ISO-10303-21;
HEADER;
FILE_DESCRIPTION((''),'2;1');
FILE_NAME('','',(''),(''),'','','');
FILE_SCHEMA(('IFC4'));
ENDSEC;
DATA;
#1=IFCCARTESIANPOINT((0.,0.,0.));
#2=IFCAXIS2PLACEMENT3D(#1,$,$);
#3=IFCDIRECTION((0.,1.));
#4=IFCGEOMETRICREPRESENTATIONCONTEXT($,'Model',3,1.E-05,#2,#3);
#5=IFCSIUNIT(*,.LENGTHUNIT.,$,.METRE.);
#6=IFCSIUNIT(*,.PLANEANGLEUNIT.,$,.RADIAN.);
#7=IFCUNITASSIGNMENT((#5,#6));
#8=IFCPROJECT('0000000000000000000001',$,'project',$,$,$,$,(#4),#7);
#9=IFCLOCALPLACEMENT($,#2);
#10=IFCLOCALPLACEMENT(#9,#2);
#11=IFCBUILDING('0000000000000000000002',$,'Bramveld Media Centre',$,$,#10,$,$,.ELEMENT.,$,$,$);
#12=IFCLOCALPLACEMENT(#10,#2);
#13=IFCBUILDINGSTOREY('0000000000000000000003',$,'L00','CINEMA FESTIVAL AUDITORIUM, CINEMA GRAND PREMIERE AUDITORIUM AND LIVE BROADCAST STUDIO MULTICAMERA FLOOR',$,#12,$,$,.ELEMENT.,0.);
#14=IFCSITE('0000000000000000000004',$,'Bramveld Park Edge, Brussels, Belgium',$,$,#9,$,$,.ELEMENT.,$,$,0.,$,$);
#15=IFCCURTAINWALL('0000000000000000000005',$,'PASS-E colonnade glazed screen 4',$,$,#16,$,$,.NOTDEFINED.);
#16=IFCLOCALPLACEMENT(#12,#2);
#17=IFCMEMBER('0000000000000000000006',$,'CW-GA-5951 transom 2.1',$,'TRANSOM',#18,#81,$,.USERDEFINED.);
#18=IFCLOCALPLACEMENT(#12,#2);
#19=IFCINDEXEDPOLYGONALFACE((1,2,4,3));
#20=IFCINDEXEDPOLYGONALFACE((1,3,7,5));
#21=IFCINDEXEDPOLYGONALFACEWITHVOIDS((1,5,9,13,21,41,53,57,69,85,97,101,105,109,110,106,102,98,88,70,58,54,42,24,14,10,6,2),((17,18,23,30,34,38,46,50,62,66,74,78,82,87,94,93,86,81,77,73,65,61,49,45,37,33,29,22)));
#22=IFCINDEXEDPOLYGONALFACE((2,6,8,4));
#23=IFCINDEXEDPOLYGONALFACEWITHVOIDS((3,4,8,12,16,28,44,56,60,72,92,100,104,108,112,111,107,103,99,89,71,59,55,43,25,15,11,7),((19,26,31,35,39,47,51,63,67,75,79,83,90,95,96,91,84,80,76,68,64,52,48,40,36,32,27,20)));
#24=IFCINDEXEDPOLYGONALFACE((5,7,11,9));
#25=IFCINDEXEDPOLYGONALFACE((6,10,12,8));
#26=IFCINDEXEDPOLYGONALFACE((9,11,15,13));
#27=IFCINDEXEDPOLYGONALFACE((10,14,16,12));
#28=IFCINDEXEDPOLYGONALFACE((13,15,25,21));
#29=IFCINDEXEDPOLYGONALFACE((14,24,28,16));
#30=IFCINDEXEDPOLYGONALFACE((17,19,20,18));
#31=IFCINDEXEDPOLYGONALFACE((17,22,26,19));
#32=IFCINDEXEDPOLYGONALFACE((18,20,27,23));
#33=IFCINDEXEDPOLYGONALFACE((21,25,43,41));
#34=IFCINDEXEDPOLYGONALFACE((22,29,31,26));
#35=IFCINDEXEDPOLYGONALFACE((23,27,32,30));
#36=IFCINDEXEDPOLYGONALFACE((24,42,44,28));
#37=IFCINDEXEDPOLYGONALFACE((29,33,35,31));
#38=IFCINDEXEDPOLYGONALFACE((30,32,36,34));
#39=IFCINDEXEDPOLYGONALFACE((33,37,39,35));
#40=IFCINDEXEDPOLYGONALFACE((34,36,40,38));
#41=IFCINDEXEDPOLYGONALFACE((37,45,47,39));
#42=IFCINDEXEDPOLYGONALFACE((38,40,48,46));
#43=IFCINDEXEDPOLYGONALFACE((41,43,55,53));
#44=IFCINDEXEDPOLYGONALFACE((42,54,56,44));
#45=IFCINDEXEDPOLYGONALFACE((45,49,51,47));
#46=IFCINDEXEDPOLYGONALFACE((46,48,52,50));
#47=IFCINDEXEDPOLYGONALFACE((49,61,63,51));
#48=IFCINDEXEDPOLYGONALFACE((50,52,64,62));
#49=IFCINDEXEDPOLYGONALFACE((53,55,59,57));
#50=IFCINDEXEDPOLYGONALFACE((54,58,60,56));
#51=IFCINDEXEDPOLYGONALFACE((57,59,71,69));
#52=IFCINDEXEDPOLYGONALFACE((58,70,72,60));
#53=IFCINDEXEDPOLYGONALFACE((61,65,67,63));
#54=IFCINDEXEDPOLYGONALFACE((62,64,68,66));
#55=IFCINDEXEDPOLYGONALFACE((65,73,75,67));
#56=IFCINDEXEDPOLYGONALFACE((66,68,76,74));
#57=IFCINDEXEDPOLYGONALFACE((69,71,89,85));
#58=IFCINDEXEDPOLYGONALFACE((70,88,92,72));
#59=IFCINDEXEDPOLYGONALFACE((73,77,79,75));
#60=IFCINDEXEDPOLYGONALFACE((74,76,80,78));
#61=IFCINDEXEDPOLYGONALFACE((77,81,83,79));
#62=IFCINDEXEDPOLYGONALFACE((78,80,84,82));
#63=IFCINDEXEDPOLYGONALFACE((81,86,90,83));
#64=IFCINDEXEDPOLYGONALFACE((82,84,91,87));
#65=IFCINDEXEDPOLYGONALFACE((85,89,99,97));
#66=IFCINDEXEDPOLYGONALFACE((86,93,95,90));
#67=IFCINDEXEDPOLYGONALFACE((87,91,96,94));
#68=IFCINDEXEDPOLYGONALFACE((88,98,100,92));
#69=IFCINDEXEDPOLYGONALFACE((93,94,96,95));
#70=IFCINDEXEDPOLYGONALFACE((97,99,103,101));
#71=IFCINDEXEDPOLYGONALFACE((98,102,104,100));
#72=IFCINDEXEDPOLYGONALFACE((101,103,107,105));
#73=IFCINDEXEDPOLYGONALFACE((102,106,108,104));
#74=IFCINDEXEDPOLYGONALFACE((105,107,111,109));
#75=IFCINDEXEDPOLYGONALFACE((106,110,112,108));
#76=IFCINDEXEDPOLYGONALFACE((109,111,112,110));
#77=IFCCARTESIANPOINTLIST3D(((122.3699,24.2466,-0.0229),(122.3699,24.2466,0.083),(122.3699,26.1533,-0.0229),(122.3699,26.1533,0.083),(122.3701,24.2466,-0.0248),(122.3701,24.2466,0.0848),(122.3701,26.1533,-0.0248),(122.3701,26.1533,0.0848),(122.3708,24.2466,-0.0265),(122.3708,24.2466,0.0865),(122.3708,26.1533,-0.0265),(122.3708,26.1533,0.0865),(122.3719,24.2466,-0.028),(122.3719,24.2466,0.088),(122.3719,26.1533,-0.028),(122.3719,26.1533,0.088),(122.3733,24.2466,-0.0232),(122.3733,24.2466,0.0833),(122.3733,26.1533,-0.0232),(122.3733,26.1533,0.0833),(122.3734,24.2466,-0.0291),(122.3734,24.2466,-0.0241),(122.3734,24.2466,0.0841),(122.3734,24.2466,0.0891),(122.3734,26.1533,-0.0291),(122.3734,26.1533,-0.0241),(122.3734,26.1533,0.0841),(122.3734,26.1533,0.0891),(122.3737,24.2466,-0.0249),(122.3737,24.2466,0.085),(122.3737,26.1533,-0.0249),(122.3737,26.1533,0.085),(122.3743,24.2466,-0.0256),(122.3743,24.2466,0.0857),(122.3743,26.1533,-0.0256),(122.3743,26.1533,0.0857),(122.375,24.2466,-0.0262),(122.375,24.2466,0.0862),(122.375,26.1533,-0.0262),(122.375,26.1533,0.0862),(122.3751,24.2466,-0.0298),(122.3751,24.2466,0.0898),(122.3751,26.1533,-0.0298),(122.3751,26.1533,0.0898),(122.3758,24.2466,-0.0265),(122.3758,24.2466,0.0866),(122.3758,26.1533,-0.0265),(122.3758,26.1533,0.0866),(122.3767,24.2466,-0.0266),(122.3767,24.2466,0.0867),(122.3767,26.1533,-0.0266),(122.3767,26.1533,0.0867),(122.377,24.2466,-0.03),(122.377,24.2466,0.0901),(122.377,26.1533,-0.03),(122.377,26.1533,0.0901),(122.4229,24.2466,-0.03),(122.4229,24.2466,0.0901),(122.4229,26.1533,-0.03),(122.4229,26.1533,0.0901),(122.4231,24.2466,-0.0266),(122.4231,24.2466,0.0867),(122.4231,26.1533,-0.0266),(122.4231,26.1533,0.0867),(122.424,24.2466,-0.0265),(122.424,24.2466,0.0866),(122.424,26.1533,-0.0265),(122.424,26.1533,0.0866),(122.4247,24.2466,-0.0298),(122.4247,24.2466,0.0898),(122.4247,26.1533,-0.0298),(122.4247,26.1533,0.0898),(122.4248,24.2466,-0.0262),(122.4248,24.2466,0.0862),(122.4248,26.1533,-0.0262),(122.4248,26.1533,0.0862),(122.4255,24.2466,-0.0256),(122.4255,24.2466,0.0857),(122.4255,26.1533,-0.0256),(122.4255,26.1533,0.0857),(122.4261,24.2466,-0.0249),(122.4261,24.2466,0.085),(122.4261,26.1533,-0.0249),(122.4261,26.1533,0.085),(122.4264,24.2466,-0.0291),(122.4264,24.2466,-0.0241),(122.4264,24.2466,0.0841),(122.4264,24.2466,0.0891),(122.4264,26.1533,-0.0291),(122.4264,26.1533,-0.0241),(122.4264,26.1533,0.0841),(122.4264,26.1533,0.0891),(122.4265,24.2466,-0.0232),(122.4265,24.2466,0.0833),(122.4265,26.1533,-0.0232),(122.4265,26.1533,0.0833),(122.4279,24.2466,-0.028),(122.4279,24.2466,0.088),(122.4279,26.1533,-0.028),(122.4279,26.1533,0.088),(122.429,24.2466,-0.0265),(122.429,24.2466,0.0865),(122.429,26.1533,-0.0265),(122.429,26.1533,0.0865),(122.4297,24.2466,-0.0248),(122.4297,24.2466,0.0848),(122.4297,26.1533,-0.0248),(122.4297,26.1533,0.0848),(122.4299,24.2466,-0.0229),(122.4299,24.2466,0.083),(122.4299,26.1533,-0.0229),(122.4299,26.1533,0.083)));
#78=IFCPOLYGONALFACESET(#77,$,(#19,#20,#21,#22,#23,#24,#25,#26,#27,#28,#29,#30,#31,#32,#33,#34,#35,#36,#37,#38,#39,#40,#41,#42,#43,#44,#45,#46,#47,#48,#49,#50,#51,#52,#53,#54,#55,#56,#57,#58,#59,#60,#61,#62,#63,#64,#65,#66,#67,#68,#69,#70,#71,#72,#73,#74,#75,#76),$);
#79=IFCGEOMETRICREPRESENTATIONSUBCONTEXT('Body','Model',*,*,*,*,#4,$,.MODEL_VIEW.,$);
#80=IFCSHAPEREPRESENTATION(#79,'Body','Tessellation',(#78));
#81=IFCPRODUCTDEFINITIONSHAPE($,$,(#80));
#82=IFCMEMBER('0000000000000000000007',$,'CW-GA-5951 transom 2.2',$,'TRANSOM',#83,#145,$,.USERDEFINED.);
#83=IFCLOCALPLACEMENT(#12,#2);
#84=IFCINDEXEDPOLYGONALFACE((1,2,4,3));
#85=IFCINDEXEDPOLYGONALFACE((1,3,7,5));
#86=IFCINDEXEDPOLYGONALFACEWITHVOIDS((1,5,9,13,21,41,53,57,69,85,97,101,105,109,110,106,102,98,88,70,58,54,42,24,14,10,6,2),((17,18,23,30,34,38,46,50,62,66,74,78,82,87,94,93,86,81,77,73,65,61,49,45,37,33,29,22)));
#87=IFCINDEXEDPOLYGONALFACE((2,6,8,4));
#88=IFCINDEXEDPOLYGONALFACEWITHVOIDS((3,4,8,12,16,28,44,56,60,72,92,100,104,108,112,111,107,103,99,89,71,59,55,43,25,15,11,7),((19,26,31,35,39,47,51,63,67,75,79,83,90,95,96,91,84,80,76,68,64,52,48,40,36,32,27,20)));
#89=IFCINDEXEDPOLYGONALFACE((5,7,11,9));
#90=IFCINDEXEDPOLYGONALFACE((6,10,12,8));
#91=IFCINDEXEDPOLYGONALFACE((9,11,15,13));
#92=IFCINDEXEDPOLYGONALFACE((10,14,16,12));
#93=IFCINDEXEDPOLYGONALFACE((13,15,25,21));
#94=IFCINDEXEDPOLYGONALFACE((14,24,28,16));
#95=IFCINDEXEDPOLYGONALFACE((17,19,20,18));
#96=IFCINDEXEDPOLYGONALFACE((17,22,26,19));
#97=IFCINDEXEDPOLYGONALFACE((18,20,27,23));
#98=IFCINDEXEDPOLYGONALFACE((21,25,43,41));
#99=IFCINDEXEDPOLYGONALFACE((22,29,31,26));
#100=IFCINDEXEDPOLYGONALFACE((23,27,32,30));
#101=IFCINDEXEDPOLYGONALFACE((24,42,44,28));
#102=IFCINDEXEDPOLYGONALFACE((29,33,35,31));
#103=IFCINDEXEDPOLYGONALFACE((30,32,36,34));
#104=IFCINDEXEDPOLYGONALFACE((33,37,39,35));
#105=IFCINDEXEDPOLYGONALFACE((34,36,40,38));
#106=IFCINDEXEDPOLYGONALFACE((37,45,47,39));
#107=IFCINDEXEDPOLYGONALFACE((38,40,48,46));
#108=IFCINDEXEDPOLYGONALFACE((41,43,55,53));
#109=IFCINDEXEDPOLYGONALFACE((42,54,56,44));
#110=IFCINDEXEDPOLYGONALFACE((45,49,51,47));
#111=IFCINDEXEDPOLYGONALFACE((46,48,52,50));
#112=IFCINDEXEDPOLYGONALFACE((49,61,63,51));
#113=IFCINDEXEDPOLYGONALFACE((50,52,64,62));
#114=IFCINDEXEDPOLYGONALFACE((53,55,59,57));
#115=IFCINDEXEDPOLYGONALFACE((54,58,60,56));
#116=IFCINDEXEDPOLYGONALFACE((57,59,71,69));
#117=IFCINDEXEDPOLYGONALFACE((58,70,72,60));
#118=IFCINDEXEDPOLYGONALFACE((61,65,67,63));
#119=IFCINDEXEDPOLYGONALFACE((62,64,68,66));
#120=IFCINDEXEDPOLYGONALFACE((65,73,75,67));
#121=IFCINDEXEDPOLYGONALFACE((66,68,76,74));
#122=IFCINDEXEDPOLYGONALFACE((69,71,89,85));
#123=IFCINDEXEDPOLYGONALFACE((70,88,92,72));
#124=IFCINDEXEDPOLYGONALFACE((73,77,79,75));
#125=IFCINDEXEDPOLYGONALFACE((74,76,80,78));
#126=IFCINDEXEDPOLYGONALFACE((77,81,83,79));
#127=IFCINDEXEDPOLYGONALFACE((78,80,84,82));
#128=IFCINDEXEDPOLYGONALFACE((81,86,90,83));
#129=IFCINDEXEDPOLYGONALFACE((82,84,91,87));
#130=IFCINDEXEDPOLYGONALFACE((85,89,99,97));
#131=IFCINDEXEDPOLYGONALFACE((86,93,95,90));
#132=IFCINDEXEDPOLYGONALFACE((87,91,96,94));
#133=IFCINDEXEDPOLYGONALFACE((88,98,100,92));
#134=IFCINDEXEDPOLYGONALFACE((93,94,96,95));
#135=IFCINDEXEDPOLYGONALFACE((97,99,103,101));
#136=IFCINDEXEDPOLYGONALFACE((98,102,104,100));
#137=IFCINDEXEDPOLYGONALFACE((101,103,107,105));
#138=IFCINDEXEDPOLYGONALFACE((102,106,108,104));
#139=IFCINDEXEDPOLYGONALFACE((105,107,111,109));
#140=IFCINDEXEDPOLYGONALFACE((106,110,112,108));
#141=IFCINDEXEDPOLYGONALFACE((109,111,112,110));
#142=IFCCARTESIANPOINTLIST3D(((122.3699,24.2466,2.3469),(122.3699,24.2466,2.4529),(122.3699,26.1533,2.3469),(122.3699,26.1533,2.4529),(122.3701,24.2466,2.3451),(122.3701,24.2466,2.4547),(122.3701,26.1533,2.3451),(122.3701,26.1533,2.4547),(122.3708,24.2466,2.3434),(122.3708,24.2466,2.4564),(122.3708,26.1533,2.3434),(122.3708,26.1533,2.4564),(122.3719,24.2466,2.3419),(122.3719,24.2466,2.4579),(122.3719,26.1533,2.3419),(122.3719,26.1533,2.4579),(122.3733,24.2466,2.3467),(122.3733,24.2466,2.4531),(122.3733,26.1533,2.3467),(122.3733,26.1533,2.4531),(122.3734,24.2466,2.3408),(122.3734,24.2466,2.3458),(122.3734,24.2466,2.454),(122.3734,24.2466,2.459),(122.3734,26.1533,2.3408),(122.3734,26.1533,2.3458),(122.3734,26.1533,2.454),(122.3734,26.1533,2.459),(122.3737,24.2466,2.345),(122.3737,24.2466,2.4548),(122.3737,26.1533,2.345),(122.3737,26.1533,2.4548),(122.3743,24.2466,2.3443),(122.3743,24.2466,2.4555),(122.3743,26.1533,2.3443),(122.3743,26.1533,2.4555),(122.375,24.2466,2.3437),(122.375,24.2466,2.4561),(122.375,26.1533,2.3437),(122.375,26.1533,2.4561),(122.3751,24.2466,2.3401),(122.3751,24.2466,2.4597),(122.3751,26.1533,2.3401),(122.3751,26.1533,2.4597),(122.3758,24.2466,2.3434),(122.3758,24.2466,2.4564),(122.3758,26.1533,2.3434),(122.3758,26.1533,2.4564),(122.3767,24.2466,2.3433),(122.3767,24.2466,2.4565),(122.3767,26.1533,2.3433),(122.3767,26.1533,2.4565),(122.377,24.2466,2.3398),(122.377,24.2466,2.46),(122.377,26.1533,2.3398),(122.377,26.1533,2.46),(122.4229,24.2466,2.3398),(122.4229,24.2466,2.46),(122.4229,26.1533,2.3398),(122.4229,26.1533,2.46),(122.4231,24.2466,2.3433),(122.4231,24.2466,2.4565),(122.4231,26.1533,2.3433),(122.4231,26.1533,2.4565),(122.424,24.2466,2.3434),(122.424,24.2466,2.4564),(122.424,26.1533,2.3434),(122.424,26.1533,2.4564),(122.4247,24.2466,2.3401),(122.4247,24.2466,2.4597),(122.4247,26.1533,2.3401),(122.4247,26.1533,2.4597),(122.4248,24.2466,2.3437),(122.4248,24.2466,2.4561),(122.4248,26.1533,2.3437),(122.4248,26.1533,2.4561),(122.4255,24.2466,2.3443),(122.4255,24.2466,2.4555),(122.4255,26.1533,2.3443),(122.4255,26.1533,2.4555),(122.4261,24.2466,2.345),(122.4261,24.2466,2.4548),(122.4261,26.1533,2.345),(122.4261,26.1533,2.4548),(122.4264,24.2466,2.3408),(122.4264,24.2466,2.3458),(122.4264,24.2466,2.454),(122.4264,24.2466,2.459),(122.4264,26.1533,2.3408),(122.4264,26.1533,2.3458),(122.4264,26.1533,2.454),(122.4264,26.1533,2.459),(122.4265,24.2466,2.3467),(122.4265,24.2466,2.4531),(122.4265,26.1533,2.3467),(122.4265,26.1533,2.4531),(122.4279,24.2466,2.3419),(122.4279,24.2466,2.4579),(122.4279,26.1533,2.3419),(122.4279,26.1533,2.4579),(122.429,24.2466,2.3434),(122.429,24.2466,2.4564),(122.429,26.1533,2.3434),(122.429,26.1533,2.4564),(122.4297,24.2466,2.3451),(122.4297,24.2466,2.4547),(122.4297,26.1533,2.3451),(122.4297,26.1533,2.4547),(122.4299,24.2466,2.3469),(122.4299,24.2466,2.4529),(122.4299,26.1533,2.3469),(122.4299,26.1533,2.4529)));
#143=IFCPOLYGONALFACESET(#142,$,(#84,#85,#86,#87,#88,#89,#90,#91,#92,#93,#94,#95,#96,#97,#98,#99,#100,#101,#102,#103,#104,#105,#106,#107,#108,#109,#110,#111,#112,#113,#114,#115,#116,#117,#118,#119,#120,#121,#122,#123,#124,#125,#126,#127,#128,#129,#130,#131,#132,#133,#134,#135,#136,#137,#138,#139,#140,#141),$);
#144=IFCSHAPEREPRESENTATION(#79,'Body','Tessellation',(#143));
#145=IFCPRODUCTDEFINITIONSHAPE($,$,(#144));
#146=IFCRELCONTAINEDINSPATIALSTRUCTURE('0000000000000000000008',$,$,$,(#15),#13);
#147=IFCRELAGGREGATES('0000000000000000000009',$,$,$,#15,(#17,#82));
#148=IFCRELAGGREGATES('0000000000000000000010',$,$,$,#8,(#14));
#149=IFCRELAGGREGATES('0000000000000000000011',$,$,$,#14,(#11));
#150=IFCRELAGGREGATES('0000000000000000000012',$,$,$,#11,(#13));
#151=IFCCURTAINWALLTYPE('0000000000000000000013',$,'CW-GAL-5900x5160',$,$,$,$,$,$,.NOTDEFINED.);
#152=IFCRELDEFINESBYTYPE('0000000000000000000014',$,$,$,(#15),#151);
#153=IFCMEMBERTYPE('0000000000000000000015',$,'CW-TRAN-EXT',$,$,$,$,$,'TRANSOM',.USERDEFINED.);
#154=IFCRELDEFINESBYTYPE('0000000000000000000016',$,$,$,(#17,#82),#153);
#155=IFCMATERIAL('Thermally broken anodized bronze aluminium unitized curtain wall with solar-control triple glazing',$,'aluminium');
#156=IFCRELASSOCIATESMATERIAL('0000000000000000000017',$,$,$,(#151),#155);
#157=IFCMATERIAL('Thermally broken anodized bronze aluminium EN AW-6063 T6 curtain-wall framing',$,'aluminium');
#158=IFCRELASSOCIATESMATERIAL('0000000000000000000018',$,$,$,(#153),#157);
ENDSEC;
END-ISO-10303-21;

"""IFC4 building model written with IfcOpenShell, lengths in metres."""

from ifc_helpers import new_model, si_unit, direction, frame, origin, origin_2d, place, context, subcontext, project, spatial, hollow_rectangle, extrude, material, material_profile, profile_set, type_object, element, aggregate, save


model = new_model("IFC4")

# Units and contexts
model_context = context("Model", 3, precision=1e-05, world=origin(), true_north=direction((0.0, 1.0)))
body_context = subcontext(model_context, "Body", "Model", "MODEL_VIEW")
ifc_project = project(units=[si_unit("LENGTHUNIT", "METRE"), si_unit("PLANEANGLEUNIT", "RADIAN")], contexts=[model_context])

# Site, building, storey
site_placement = place(None, origin())
site = spatial("IfcSite", under=ifc_project, at=site_placement, Name="Bramveld Park Edge, Brussels, Belgium", CompositionType="ELEMENT", RefElevation=0.0)
building_placement = place(site_placement, origin())
building = spatial("IfcBuilding", under=site, at=building_placement, Name="Bramveld Media Centre", CompositionType="ELEMENT")
storey_placement = place(building_placement, origin())
storey = spatial("IfcBuildingStorey", under=building, at=storey_placement, Name="L00", Description="CINEMA FESTIVAL AUDITORIUM, CINEMA GRAND PREMIERE AUDITORIUM AND LIVE BROADCAST STUDIO MULTICAMERA FLOOR", CompositionType="ELEMENT", Elevation=0.0)

# Shared definitions
ifc_material_1 = material(Name="Thermally broken anodized bronze aluminium unitized curtain wall with solar-control triple glazing", Category="aluminium")
curtain_wall_type = type_object("IfcCurtainWallType", Name="CW-GAL-5900x5160", PredefinedType="NOTDEFINED", material=ifc_material_1)

# Curtain wall, members
curtain_wall_1_placement = place(storey_placement, origin())
curtain_wall_1 = element("IfcCurtainWall", 1, at=curtain_wall_1_placement, inside=storey, type_object=curtain_wall_type, Name="PASS-E colonnade glazed screen 4", PredefinedType="NOTDEFINED")
ifc_material_2 = material(Name="Thermally broken anodized bronze aluminium EN AW-6063 T6 curtain-wall framing", Category="aluminium")
ifc_material_profile_1 = material_profile(ifc_material_2, hollow_rectangle(XDim=0.0601, YDim=0.1201, WallThickness=0.0034, InnerFilletRadius=0.0034, OuterFilletRadius=0.0071, at=origin_2d()), Name="AL-TRAN 60x120")
ifc_profile_set_1 = profile_set([ifc_material_profile_1], Name="Thermally broken anodized bronze aluminium EN AW-6063 T6 curtain-wall framing")
member_type_1 = type_object("IfcMemberType", Name="CW-TRAN-EXT", ElementType="TRANSOM", PredefinedType="USERDEFINED", material=ifc_profile_set_1)
member_1_placement = place(storey_placement, frame((122.3999, 24.2466, 0.03), z_axis=(0.0, 1.0, 0.0), x_axis=(-1.0, 0.0, 0.0)))
member_1 = element("IfcMember", 2, at=member_1_placement, type_object=member_type_1, Name="CW-GA-5951 transom 2.1", ObjectType="TRANSOM", PredefinedType="USERDEFINED", context=body_context, shape_type="SweptSolid", body=[
    extrude(hollow_rectangle(XDim=0.0601, YDim=0.1201, WallThickness=0.0034, InnerFilletRadius=0.0034, OuterFilletRadius=0.0071, at=origin_2d()), origin(), (0.0, 0.0, 1.0), 1.9067),
])
member_2_placement = place(storey_placement, frame((122.3999, 24.2466, 2.3999), z_axis=(0.0, 1.0, 0.0), x_axis=(-1.0, 0.0, 0.0)))
member_2 = element("IfcMember", 3, at=member_2_placement, type_object=member_type_1, Name="CW-GA-5951 transom 2.2", ObjectType="TRANSOM", PredefinedType="USERDEFINED", context=body_context, shape_type="SweptSolid", body=[
    extrude(hollow_rectangle(XDim=0.0601, YDim=0.1201, WallThickness=0.0034, InnerFilletRadius=0.0034, OuterFilletRadius=0.0071, at=origin_2d()), origin(), (0.0, 0.0, 1.0), 1.9067),
])

aggregate(curtain_wall_1, [member_1, member_2])

save(model, "model.ifc")
